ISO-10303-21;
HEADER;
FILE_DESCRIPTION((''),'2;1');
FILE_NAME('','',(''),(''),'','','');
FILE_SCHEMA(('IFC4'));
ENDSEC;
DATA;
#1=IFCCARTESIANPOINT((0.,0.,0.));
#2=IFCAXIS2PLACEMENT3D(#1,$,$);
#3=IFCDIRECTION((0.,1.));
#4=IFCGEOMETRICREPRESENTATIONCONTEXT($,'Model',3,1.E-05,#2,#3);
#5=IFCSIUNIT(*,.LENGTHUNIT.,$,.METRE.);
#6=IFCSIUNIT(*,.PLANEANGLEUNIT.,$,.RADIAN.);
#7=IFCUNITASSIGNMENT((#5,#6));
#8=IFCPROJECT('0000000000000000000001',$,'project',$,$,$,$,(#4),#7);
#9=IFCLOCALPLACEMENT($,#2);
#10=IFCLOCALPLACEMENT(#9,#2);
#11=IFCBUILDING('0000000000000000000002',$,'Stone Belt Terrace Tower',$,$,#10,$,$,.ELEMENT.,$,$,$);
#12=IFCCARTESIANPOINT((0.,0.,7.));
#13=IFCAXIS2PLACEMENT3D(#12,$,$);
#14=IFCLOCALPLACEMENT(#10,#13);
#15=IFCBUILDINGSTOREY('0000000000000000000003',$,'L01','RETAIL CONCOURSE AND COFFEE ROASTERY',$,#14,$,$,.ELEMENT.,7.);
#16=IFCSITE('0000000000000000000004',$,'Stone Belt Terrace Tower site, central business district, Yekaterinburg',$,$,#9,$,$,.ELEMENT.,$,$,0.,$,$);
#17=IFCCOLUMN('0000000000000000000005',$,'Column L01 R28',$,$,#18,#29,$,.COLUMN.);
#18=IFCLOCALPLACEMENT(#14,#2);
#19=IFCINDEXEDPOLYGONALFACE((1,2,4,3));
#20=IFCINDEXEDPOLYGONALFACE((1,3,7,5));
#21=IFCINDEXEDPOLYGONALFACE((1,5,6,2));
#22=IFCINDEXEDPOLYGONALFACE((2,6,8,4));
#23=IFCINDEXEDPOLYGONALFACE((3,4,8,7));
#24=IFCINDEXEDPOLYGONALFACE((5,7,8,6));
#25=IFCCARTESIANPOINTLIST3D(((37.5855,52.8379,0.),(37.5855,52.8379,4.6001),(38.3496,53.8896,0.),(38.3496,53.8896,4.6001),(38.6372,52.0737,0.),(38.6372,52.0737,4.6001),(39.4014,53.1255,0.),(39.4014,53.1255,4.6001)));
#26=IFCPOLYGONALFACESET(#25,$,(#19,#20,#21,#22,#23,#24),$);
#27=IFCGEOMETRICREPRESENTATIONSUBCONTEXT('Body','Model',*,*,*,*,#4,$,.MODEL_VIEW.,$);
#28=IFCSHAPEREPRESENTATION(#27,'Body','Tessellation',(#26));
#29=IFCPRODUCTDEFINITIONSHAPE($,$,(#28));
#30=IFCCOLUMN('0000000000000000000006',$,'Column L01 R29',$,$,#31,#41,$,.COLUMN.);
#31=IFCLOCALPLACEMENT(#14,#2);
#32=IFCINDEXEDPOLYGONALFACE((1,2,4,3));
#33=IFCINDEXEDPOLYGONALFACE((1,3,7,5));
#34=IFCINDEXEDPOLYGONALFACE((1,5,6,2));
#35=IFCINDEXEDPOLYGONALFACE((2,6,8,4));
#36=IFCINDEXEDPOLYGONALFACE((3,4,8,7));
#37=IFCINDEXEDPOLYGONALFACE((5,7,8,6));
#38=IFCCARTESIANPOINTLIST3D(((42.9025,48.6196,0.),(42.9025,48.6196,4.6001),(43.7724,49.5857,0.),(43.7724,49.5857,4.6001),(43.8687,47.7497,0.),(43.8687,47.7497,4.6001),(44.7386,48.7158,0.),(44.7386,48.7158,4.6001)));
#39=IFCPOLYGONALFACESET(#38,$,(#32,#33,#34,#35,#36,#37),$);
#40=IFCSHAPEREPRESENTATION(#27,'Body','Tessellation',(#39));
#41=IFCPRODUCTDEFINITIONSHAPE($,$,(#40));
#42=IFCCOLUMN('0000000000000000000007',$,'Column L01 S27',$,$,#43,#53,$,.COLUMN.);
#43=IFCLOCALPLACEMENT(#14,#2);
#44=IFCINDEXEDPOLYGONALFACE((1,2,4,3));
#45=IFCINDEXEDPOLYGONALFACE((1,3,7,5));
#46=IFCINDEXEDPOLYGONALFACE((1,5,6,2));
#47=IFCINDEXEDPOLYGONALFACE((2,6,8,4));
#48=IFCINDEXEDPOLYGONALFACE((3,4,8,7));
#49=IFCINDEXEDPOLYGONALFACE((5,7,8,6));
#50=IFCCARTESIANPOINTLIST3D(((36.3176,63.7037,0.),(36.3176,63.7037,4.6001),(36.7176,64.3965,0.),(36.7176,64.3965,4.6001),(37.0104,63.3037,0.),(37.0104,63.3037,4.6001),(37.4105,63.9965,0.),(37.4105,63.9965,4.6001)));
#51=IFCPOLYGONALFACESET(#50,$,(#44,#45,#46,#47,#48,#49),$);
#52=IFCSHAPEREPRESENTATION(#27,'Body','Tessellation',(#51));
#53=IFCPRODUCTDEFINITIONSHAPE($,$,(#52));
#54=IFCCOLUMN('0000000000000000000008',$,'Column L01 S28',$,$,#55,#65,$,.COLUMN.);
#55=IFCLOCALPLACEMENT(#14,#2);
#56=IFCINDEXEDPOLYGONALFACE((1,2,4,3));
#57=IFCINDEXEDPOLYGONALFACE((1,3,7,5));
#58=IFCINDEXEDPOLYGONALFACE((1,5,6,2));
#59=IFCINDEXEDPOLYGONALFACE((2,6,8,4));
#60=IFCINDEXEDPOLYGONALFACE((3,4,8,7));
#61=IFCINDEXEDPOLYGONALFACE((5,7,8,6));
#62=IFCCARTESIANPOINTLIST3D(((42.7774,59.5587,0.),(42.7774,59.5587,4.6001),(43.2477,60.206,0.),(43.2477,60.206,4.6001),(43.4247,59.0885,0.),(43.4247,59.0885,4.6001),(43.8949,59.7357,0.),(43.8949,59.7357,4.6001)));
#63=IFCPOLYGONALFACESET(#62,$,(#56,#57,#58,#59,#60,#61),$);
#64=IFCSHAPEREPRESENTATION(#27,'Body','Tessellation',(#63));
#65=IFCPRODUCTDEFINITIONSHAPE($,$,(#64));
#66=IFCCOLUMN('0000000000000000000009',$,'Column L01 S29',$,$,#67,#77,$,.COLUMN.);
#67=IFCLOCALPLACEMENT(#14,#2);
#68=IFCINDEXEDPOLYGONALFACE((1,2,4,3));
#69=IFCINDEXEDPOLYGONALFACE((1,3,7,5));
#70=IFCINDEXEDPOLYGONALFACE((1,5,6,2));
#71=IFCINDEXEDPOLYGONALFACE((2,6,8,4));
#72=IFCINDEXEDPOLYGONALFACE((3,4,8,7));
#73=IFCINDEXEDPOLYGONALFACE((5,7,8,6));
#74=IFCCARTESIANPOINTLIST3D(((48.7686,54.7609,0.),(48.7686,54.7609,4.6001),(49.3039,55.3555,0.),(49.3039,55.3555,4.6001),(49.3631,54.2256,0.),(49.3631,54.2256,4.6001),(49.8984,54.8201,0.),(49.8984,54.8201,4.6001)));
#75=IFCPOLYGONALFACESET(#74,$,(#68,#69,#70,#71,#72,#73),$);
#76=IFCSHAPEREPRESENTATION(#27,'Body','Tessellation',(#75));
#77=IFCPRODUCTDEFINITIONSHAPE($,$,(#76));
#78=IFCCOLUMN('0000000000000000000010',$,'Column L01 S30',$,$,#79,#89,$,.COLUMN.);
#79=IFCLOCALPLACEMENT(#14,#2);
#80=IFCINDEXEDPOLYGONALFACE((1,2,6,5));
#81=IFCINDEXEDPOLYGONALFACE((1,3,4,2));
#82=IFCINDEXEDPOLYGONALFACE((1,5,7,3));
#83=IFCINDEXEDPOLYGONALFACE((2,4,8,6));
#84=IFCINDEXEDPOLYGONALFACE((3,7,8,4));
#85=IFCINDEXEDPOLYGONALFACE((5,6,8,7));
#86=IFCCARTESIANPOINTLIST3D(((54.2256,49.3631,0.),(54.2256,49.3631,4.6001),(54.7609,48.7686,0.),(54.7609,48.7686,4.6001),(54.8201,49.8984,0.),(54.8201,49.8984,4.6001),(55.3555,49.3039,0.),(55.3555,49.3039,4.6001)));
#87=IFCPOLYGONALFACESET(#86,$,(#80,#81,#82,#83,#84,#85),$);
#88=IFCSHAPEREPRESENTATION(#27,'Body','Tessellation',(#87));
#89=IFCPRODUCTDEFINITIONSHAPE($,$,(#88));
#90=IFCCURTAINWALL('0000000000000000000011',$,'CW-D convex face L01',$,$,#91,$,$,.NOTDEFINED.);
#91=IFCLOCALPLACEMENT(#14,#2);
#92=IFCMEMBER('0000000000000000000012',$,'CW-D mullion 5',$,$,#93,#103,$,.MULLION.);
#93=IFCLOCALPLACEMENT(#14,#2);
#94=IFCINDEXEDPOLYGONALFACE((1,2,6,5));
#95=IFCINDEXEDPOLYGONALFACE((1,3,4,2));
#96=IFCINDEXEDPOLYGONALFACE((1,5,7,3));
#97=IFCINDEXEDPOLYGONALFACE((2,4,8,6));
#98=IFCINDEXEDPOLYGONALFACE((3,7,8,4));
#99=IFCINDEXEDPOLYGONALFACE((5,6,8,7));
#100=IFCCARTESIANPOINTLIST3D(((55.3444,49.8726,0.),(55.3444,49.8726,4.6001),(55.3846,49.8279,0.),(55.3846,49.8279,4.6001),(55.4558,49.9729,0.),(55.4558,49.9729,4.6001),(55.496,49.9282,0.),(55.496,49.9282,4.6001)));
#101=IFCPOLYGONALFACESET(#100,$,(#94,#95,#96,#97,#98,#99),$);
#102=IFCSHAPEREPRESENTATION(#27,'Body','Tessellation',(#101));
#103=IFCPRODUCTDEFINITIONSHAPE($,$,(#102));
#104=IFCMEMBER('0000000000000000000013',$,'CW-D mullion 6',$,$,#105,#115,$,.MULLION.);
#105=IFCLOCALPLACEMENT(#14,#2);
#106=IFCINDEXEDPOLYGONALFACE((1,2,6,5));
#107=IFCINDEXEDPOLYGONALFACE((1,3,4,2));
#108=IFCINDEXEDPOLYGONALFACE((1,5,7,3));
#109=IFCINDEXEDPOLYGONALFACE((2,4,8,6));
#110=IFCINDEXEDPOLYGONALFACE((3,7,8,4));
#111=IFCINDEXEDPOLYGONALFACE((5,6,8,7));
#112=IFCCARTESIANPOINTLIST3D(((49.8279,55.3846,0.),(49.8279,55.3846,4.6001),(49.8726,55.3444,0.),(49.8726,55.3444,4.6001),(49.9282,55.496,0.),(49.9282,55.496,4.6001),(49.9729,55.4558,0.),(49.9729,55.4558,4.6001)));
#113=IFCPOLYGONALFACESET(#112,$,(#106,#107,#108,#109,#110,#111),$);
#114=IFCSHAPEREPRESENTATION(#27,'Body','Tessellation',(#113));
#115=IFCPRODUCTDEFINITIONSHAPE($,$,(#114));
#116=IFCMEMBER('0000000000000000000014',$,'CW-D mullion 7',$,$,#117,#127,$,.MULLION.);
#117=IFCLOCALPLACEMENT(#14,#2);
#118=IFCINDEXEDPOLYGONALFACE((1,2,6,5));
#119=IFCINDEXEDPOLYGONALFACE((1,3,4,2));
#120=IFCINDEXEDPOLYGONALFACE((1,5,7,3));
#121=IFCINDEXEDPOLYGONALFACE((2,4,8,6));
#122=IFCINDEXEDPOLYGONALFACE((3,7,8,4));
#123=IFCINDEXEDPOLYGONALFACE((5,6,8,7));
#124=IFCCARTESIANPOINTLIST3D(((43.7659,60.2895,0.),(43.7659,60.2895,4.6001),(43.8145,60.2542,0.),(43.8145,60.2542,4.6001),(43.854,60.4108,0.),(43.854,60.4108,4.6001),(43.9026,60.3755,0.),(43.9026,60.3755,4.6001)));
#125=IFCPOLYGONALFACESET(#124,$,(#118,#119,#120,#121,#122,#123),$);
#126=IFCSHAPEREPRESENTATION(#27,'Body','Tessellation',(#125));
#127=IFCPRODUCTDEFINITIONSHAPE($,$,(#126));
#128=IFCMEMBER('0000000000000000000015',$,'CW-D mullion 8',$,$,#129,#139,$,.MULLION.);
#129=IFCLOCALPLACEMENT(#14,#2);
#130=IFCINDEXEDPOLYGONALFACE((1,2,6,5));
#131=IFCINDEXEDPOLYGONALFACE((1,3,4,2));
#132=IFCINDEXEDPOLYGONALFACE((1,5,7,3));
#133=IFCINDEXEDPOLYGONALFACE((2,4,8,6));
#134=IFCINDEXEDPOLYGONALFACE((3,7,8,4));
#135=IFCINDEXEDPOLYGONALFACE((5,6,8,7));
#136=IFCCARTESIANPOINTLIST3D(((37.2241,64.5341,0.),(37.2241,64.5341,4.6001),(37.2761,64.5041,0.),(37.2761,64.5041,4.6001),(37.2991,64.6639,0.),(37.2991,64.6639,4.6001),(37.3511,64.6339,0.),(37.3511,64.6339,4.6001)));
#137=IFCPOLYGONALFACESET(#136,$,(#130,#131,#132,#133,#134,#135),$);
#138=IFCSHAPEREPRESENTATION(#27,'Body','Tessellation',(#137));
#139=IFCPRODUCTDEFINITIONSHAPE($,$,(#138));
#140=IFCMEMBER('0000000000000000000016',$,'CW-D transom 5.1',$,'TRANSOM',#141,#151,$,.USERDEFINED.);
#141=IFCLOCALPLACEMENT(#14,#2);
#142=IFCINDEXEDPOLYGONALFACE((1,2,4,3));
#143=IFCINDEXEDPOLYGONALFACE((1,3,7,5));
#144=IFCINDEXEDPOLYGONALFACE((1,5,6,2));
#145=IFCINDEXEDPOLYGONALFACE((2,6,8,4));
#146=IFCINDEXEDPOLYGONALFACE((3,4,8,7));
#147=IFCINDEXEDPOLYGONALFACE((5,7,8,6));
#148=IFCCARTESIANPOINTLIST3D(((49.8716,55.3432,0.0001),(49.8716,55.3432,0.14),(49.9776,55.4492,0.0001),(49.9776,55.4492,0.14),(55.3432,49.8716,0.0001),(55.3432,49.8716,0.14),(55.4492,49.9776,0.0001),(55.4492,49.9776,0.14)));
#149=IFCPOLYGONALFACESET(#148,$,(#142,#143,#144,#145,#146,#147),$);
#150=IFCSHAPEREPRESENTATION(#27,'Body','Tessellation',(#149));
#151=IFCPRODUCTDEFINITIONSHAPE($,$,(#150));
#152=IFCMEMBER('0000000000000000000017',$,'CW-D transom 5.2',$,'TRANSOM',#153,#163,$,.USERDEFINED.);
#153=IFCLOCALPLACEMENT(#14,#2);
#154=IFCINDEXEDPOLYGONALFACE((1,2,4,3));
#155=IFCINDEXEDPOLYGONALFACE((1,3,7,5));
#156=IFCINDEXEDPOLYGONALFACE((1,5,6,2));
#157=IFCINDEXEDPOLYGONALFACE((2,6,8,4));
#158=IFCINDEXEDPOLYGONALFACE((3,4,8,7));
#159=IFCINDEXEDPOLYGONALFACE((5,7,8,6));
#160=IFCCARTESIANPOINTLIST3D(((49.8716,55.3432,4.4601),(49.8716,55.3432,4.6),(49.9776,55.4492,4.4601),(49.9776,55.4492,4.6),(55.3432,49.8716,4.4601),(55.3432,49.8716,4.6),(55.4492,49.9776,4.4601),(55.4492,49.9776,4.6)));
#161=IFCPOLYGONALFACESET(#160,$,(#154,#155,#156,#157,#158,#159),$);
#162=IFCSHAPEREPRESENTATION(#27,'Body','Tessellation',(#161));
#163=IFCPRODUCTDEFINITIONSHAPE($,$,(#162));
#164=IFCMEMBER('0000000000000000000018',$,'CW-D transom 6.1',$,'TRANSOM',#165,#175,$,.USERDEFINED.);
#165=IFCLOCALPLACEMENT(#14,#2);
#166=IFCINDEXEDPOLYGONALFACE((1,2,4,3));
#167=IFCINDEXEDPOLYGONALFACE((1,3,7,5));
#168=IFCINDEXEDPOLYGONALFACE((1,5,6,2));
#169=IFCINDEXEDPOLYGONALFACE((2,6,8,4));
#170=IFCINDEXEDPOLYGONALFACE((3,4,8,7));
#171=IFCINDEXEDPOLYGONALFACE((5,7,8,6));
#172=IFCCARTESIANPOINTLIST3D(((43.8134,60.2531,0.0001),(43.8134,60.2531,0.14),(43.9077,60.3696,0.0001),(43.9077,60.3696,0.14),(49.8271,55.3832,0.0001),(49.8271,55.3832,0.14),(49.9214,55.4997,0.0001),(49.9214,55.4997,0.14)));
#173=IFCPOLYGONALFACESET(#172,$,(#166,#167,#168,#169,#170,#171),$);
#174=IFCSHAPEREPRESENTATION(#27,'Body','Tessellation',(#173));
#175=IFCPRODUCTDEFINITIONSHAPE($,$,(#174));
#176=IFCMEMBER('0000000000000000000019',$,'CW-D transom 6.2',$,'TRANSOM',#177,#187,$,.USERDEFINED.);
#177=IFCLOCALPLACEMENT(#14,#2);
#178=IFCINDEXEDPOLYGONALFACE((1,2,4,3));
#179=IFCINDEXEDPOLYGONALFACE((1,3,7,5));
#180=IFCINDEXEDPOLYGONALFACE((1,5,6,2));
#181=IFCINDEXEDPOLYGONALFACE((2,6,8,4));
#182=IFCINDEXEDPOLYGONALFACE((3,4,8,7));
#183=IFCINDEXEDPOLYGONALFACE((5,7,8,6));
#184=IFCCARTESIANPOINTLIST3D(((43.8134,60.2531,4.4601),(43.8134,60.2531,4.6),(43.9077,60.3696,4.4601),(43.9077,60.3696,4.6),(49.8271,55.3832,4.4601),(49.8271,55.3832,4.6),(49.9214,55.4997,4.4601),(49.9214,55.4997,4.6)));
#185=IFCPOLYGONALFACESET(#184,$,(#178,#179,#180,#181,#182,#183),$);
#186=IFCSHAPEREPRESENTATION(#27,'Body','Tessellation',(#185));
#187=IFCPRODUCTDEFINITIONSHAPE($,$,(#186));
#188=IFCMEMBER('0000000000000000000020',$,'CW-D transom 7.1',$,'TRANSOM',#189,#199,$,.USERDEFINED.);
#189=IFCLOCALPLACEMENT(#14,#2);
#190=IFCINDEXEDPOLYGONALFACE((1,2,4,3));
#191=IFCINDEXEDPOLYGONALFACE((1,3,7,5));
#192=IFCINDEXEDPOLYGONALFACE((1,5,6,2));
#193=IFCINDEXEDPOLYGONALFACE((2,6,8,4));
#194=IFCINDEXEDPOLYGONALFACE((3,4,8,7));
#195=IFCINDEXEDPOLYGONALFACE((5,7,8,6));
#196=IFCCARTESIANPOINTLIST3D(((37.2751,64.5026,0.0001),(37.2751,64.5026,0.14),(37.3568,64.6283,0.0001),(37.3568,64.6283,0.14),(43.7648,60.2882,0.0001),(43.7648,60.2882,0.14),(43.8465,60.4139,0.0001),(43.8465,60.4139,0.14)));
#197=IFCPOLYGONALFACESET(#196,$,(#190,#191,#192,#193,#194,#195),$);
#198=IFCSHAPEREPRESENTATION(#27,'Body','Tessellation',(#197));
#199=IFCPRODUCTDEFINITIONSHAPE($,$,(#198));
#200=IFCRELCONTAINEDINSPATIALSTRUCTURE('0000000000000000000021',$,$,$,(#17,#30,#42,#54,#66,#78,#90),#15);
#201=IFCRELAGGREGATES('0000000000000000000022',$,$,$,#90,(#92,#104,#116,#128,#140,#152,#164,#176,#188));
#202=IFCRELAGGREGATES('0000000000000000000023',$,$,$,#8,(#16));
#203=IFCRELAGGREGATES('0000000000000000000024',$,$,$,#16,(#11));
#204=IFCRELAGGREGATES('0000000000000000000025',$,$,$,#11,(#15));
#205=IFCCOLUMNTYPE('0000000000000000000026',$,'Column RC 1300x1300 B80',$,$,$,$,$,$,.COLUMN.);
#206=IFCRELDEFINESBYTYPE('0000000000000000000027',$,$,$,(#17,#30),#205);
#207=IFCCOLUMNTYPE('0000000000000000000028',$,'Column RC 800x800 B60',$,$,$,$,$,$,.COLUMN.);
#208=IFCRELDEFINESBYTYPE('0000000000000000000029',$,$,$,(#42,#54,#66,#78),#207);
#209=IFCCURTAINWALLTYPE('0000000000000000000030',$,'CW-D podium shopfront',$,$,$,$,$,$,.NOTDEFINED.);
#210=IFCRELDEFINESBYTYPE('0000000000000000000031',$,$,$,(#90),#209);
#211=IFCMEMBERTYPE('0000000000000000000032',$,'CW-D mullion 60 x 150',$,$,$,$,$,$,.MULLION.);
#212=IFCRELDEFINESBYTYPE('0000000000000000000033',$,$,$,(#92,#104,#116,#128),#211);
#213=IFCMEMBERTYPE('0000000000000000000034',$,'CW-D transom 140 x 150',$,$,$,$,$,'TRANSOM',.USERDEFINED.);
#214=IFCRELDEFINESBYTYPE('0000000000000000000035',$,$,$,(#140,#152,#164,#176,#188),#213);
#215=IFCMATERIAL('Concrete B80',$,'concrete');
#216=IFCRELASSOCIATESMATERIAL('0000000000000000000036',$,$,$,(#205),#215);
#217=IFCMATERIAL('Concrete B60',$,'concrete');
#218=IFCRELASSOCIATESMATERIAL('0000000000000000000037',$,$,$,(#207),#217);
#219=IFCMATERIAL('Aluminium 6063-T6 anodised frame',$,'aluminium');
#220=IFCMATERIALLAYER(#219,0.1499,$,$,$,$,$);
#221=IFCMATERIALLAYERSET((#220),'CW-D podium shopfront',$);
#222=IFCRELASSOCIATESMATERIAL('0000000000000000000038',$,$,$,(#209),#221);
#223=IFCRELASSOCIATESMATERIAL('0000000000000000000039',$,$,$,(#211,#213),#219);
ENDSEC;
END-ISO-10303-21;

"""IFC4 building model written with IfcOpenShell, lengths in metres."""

from ifc_helpers import new_model, si_unit, direction, frame, origin, origin_2d, place, context, subcontext, project, spatial, rectangle, extrude, material, layer, layer_set, material_profile, profile_set, type_object, element, aggregate, save


model = new_model("IFC4")

# Units and contexts
model_context = context("Model", 3, precision=1e-05, world=origin(), true_north=direction((0.0, 1.0)))
body_context = subcontext(model_context, "Body", "Model", "MODEL_VIEW")
ifc_project = project(units=[si_unit("LENGTHUNIT", "METRE"), si_unit("PLANEANGLEUNIT", "RADIAN")], contexts=[model_context])

# Site, building, storey
site_placement = place(None, origin())
site = spatial("IfcSite", under=ifc_project, at=site_placement, Name="Stone Belt Terrace Tower site, central business district, Yekaterinburg", CompositionType="ELEMENT", RefElevation=0.0)
building_placement = place(site_placement, origin())
building = spatial("IfcBuilding", under=site, at=building_placement, Name="Stone Belt Terrace Tower", CompositionType="ELEMENT")
storey_placement = place(building_placement, frame((0.0, 0.0, 7.0)))
storey = spatial("IfcBuildingStorey", under=building, at=storey_placement, Name="L01", Description="RETAIL CONCOURSE AND COFFEE ROASTERY", CompositionType="ELEMENT", Elevation=7.0)

# Columns
ifc_material_1 = material(Name="Concrete B80", Category="concrete")
ifc_material_profile_1 = material_profile(ifc_material_1, rectangle(XDim=1.3, YDim=1.3, at=origin_2d()), Name="RC 1300x1300")
ifc_profile_set_1 = profile_set([ifc_material_profile_1], Name="Concrete B80")
column_type_1 = type_object("IfcColumnType", Name="Column RC 1300x1300 B80", PredefinedType="COLUMN", material=ifc_profile_set_1)
for number, where, z_axis, x_axis, name in (
    (1, (38.4934, 52.9817, 0.0), (0.0, 0.0, 1.0), (0.809017, -0.587785, 0.0), "Column L01 R28"),
    (2, (43.8206, 48.6677, 0.0), (0.0, 0.0, 1.0), (0.743145, -0.669131, 0.0), "Column L01 R29"),
):
    element("IfcColumn", number, at=place(storey_placement, frame(where, z_axis=z_axis, x_axis=x_axis)), inside=storey, type_object=column_type_1, Name=name, PredefinedType="COLUMN", context=body_context, shape_type="SweptSolid", body=[
        extrude(rectangle(XDim=1.3, YDim=1.3, at=origin_2d()), origin(), (0.0, 0.0, 1.0), 4.6001),
    ])
ifc_material_2 = material(Name="Concrete B60", Category="concrete")
ifc_material_profile_2 = material_profile(ifc_material_2, rectangle(XDim=0.8, YDim=0.8, at=origin_2d()), Name="RC 800x800")
ifc_profile_set_2 = profile_set([ifc_material_profile_2], Name="Concrete B60")
column_type_2 = type_object("IfcColumnType", Name="Column RC 800x800 B60", PredefinedType="COLUMN", material=ifc_profile_set_2)
for number, where, z_axis, x_axis, name in (
    (3, (36.864, 63.8501, 0.0), (0.0, 0.0, 1.0), (0.866025, -0.5, 0.0), "Column L01 S27"),
    (4, (43.3362, 59.6472, 0.0), (0.0, 0.0, 1.0), (0.809017, -0.587785, 0.0), "Column L01 S28"),
    (5, (49.3335, 54.7905, 0.0), (0.0, 0.0, 1.0), (0.743145, -0.669131, 0.0), "Column L01 S29"),
    (6, (54.7905, 49.3335, 0.0), (0.0, 0.0, 1.0), (0.669131, -0.743145, 0.0), "Column L01 S30"),
):
    element("IfcColumn", number, at=place(storey_placement, frame(where, z_axis=z_axis, x_axis=x_axis)), inside=storey, type_object=column_type_2, Name=name, PredefinedType="COLUMN", context=body_context, shape_type="SweptSolid", body=[
        extrude(rectangle(XDim=0.8, YDim=0.8, at=origin_2d()), origin(), (0.0, 0.0, 1.0), 4.6001),
    ])

# Curtain wall, members
ifc_material_3 = material(Name="Aluminium 6063-T6 anodised frame", Category="aluminium")
ifc_layer_1 = layer(ifc_material_3, 0.1499)
ifc_layer_set_1 = layer_set([ifc_layer_1], Name="CW-D podium shopfront")
curtain_wall_type = type_object("IfcCurtainWallType", Name="CW-D podium shopfront", PredefinedType="NOTDEFINED", material=ifc_layer_set_1)
curtain_wall_placement = place(storey_placement, origin())
curtain_wall = element("IfcCurtainWall", 7, at=curtain_wall_placement, inside=storey, type_object=curtain_wall_type, Name="CW-D convex face L01", PredefinedType="NOTDEFINED")
ifc_material_profile_3 = material_profile(ifc_material_3, rectangle(XDim=0.1499, YDim=0.0601, at=origin_2d()), Name="Aluminium 6063-T6 60x150")
ifc_profile_set_3 = profile_set([ifc_material_profile_3], Name="Aluminium 6063-T6 anodised frame")
member_type_1 = type_object("IfcMemberType", Name="CW-D mullion 60 x 150", PredefinedType="MULLION", material=ifc_profile_set_3)
member_1_placement = place(storey_placement, frame((55.4202, 49.9004, 0.0), z_axis=(0.0, 0.0, 1.0), x_axis=(-0.743145, -0.669131, 0.0)))
member_1 = element("IfcMember", 8, at=member_1_placement, type_object=member_type_1, Name="CW-D mullion 5", PredefinedType="MULLION", context=body_context, shape_type="SweptSolid", body=[
    extrude(rectangle(XDim=0.1499, YDim=0.0601, at=origin_2d()), origin(), (0.0, 0.0, 1.0), 4.6001),
])
member_2_placement = place(storey_placement, frame((49.9004, 55.4202, 0.0), z_axis=(0.0, 0.0, 1.0), x_axis=(-0.669131, -0.743145, 0.0)))
member_2 = element("IfcMember", 9, at=member_2_placement, type_object=member_type_1, Name="CW-D mullion 6", PredefinedType="MULLION", context=body_context, shape_type="SweptSolid", body=[
    extrude(rectangle(XDim=0.1499, YDim=0.0601, at=origin_2d()), origin(), (0.0, 0.0, 1.0), 4.6001),
])
member_3_placement = place(storey_placement, frame((43.8342, 60.3325, 0.0), z_axis=(0.0, 0.0, 1.0), x_axis=(-0.587785, -0.809017, 0.0)))
member_3 = element("IfcMember", 10, at=member_3_placement, type_object=member_type_1, Name="CW-D mullion 7", PredefinedType="MULLION", context=body_context, shape_type="SweptSolid", body=[
    extrude(rectangle(XDim=0.1499, YDim=0.0601, at=origin_2d()), origin(), (0.0, 0.0, 1.0), 4.6001),
])
member_4_placement = place(storey_placement, frame((37.2876, 64.584, 0.0), z_axis=(0.0, 0.0, 1.0), x_axis=(-0.5, -0.866025, 0.0)))
member_4 = element("IfcMember", 11, at=member_4_placement, type_object=member_type_1, Name="CW-D mullion 8", PredefinedType="MULLION", context=body_context, shape_type="SweptSolid", body=[
    extrude(rectangle(XDim=0.1499, YDim=0.0601, at=origin_2d()), origin(), (0.0, 0.0, 1.0), 4.6001),
])
ifc_material_profile_4 = material_profile(ifc_material_3, rectangle(XDim=0.1499, YDim=0.1399, at=origin_2d()), Name="Aluminium 6063-T6 150x140")
ifc_profile_set_4 = profile_set([ifc_material_profile_4], Name="Aluminium 6063-T6 anodised frame")
member_type_2 = type_object("IfcMemberType", Name="CW-D transom 140 x 150", ElementType="TRANSOM", PredefinedType="USERDEFINED", material=ifc_profile_set_4)
member_5_placement = place(storey_placement, frame((55.3962, 49.9246, 0.0701), z_axis=(-0.707107, 0.707107, 0.0), x_axis=(-0.707107, -0.707107, 0.0)))
member_5 = element("IfcMember", 12, at=member_5_placement, type_object=member_type_2, Name="CW-D transom 5.1", ObjectType="TRANSOM", PredefinedType="USERDEFINED", context=body_context, shape_type="SweptSolid", body=[
    extrude(rectangle(XDim=0.1499, YDim=0.1399, at=origin_2d()), origin(), (0.0, 0.0, 1.0), 7.738),
])
member_6_placement = place(storey_placement, frame((55.3962, 49.9246, 4.53), z_axis=(-0.707107, 0.707107, 0.0), x_axis=(-0.707107, -0.707107, 0.0)))
member_6 = element("IfcMember", 13, at=member_6_placement, type_object=member_type_2, Name="CW-D transom 5.2", ObjectType="TRANSOM", PredefinedType="USERDEFINED", context=body_context, shape_type="SweptSolid", body=[
    extrude(rectangle(XDim=0.1499, YDim=0.1399, at=origin_2d()), origin(), (0.0, 0.0, 1.0), 7.738),
])
member_7_placement = place(storey_placement, frame((49.8743, 55.4414, 0.0701), z_axis=(-0.77714, 0.629328, 0.0), x_axis=(-0.629328, -0.77714, 0.0)))
member_7 = element("IfcMember", 14, at=member_7_placement, type_object=member_type_2, Name="CW-D transom 6.1", ObjectType="TRANSOM", PredefinedType="USERDEFINED", context=body_context, shape_type="SweptSolid", body=[
    extrude(rectangle(XDim=0.1499, YDim=0.1399, at=origin_2d()), origin(), (0.0, 0.0, 1.0), 7.7383),
])
member_8_placement = place(storey_placement, frame((49.8743, 55.4414, 4.53), z_axis=(-0.77714, 0.629328, 0.0), x_axis=(-0.629328, -0.77714, 0.0)))
member_8 = element("IfcMember", 15, at=member_8_placement, type_object=member_type_2, Name="CW-D transom 6.2", ObjectType="TRANSOM", PredefinedType="USERDEFINED", context=body_context, shape_type="SweptSolid", body=[
    extrude(rectangle(XDim=0.1499, YDim=0.1399, at=origin_2d()), origin(), (0.0, 0.0, 1.0), 7.7383),
])
member_9_placement = place(storey_placement, frame((43.8057, 60.3511, 0.0701), z_axis=(-0.838679, 0.544627, 0.0), x_axis=(-0.544627, -0.838679, 0.0)))
member_9 = element("IfcMember", 16, at=member_9_placement, type_object=member_type_2, Name="CW-D transom 7.1", ObjectType="TRANSOM", PredefinedType="USERDEFINED", context=body_context, shape_type="SweptSolid", body=[
    extrude(rectangle(XDim=0.1499, YDim=0.1399, at=origin_2d()), origin(), (0.0, 0.0, 1.0), 7.738),
])
aggregate(curtain_wall, [member_1, member_2, member_3, member_4, member_5, member_6, member_7, member_8, member_9])

save(model, "model.ifc")
